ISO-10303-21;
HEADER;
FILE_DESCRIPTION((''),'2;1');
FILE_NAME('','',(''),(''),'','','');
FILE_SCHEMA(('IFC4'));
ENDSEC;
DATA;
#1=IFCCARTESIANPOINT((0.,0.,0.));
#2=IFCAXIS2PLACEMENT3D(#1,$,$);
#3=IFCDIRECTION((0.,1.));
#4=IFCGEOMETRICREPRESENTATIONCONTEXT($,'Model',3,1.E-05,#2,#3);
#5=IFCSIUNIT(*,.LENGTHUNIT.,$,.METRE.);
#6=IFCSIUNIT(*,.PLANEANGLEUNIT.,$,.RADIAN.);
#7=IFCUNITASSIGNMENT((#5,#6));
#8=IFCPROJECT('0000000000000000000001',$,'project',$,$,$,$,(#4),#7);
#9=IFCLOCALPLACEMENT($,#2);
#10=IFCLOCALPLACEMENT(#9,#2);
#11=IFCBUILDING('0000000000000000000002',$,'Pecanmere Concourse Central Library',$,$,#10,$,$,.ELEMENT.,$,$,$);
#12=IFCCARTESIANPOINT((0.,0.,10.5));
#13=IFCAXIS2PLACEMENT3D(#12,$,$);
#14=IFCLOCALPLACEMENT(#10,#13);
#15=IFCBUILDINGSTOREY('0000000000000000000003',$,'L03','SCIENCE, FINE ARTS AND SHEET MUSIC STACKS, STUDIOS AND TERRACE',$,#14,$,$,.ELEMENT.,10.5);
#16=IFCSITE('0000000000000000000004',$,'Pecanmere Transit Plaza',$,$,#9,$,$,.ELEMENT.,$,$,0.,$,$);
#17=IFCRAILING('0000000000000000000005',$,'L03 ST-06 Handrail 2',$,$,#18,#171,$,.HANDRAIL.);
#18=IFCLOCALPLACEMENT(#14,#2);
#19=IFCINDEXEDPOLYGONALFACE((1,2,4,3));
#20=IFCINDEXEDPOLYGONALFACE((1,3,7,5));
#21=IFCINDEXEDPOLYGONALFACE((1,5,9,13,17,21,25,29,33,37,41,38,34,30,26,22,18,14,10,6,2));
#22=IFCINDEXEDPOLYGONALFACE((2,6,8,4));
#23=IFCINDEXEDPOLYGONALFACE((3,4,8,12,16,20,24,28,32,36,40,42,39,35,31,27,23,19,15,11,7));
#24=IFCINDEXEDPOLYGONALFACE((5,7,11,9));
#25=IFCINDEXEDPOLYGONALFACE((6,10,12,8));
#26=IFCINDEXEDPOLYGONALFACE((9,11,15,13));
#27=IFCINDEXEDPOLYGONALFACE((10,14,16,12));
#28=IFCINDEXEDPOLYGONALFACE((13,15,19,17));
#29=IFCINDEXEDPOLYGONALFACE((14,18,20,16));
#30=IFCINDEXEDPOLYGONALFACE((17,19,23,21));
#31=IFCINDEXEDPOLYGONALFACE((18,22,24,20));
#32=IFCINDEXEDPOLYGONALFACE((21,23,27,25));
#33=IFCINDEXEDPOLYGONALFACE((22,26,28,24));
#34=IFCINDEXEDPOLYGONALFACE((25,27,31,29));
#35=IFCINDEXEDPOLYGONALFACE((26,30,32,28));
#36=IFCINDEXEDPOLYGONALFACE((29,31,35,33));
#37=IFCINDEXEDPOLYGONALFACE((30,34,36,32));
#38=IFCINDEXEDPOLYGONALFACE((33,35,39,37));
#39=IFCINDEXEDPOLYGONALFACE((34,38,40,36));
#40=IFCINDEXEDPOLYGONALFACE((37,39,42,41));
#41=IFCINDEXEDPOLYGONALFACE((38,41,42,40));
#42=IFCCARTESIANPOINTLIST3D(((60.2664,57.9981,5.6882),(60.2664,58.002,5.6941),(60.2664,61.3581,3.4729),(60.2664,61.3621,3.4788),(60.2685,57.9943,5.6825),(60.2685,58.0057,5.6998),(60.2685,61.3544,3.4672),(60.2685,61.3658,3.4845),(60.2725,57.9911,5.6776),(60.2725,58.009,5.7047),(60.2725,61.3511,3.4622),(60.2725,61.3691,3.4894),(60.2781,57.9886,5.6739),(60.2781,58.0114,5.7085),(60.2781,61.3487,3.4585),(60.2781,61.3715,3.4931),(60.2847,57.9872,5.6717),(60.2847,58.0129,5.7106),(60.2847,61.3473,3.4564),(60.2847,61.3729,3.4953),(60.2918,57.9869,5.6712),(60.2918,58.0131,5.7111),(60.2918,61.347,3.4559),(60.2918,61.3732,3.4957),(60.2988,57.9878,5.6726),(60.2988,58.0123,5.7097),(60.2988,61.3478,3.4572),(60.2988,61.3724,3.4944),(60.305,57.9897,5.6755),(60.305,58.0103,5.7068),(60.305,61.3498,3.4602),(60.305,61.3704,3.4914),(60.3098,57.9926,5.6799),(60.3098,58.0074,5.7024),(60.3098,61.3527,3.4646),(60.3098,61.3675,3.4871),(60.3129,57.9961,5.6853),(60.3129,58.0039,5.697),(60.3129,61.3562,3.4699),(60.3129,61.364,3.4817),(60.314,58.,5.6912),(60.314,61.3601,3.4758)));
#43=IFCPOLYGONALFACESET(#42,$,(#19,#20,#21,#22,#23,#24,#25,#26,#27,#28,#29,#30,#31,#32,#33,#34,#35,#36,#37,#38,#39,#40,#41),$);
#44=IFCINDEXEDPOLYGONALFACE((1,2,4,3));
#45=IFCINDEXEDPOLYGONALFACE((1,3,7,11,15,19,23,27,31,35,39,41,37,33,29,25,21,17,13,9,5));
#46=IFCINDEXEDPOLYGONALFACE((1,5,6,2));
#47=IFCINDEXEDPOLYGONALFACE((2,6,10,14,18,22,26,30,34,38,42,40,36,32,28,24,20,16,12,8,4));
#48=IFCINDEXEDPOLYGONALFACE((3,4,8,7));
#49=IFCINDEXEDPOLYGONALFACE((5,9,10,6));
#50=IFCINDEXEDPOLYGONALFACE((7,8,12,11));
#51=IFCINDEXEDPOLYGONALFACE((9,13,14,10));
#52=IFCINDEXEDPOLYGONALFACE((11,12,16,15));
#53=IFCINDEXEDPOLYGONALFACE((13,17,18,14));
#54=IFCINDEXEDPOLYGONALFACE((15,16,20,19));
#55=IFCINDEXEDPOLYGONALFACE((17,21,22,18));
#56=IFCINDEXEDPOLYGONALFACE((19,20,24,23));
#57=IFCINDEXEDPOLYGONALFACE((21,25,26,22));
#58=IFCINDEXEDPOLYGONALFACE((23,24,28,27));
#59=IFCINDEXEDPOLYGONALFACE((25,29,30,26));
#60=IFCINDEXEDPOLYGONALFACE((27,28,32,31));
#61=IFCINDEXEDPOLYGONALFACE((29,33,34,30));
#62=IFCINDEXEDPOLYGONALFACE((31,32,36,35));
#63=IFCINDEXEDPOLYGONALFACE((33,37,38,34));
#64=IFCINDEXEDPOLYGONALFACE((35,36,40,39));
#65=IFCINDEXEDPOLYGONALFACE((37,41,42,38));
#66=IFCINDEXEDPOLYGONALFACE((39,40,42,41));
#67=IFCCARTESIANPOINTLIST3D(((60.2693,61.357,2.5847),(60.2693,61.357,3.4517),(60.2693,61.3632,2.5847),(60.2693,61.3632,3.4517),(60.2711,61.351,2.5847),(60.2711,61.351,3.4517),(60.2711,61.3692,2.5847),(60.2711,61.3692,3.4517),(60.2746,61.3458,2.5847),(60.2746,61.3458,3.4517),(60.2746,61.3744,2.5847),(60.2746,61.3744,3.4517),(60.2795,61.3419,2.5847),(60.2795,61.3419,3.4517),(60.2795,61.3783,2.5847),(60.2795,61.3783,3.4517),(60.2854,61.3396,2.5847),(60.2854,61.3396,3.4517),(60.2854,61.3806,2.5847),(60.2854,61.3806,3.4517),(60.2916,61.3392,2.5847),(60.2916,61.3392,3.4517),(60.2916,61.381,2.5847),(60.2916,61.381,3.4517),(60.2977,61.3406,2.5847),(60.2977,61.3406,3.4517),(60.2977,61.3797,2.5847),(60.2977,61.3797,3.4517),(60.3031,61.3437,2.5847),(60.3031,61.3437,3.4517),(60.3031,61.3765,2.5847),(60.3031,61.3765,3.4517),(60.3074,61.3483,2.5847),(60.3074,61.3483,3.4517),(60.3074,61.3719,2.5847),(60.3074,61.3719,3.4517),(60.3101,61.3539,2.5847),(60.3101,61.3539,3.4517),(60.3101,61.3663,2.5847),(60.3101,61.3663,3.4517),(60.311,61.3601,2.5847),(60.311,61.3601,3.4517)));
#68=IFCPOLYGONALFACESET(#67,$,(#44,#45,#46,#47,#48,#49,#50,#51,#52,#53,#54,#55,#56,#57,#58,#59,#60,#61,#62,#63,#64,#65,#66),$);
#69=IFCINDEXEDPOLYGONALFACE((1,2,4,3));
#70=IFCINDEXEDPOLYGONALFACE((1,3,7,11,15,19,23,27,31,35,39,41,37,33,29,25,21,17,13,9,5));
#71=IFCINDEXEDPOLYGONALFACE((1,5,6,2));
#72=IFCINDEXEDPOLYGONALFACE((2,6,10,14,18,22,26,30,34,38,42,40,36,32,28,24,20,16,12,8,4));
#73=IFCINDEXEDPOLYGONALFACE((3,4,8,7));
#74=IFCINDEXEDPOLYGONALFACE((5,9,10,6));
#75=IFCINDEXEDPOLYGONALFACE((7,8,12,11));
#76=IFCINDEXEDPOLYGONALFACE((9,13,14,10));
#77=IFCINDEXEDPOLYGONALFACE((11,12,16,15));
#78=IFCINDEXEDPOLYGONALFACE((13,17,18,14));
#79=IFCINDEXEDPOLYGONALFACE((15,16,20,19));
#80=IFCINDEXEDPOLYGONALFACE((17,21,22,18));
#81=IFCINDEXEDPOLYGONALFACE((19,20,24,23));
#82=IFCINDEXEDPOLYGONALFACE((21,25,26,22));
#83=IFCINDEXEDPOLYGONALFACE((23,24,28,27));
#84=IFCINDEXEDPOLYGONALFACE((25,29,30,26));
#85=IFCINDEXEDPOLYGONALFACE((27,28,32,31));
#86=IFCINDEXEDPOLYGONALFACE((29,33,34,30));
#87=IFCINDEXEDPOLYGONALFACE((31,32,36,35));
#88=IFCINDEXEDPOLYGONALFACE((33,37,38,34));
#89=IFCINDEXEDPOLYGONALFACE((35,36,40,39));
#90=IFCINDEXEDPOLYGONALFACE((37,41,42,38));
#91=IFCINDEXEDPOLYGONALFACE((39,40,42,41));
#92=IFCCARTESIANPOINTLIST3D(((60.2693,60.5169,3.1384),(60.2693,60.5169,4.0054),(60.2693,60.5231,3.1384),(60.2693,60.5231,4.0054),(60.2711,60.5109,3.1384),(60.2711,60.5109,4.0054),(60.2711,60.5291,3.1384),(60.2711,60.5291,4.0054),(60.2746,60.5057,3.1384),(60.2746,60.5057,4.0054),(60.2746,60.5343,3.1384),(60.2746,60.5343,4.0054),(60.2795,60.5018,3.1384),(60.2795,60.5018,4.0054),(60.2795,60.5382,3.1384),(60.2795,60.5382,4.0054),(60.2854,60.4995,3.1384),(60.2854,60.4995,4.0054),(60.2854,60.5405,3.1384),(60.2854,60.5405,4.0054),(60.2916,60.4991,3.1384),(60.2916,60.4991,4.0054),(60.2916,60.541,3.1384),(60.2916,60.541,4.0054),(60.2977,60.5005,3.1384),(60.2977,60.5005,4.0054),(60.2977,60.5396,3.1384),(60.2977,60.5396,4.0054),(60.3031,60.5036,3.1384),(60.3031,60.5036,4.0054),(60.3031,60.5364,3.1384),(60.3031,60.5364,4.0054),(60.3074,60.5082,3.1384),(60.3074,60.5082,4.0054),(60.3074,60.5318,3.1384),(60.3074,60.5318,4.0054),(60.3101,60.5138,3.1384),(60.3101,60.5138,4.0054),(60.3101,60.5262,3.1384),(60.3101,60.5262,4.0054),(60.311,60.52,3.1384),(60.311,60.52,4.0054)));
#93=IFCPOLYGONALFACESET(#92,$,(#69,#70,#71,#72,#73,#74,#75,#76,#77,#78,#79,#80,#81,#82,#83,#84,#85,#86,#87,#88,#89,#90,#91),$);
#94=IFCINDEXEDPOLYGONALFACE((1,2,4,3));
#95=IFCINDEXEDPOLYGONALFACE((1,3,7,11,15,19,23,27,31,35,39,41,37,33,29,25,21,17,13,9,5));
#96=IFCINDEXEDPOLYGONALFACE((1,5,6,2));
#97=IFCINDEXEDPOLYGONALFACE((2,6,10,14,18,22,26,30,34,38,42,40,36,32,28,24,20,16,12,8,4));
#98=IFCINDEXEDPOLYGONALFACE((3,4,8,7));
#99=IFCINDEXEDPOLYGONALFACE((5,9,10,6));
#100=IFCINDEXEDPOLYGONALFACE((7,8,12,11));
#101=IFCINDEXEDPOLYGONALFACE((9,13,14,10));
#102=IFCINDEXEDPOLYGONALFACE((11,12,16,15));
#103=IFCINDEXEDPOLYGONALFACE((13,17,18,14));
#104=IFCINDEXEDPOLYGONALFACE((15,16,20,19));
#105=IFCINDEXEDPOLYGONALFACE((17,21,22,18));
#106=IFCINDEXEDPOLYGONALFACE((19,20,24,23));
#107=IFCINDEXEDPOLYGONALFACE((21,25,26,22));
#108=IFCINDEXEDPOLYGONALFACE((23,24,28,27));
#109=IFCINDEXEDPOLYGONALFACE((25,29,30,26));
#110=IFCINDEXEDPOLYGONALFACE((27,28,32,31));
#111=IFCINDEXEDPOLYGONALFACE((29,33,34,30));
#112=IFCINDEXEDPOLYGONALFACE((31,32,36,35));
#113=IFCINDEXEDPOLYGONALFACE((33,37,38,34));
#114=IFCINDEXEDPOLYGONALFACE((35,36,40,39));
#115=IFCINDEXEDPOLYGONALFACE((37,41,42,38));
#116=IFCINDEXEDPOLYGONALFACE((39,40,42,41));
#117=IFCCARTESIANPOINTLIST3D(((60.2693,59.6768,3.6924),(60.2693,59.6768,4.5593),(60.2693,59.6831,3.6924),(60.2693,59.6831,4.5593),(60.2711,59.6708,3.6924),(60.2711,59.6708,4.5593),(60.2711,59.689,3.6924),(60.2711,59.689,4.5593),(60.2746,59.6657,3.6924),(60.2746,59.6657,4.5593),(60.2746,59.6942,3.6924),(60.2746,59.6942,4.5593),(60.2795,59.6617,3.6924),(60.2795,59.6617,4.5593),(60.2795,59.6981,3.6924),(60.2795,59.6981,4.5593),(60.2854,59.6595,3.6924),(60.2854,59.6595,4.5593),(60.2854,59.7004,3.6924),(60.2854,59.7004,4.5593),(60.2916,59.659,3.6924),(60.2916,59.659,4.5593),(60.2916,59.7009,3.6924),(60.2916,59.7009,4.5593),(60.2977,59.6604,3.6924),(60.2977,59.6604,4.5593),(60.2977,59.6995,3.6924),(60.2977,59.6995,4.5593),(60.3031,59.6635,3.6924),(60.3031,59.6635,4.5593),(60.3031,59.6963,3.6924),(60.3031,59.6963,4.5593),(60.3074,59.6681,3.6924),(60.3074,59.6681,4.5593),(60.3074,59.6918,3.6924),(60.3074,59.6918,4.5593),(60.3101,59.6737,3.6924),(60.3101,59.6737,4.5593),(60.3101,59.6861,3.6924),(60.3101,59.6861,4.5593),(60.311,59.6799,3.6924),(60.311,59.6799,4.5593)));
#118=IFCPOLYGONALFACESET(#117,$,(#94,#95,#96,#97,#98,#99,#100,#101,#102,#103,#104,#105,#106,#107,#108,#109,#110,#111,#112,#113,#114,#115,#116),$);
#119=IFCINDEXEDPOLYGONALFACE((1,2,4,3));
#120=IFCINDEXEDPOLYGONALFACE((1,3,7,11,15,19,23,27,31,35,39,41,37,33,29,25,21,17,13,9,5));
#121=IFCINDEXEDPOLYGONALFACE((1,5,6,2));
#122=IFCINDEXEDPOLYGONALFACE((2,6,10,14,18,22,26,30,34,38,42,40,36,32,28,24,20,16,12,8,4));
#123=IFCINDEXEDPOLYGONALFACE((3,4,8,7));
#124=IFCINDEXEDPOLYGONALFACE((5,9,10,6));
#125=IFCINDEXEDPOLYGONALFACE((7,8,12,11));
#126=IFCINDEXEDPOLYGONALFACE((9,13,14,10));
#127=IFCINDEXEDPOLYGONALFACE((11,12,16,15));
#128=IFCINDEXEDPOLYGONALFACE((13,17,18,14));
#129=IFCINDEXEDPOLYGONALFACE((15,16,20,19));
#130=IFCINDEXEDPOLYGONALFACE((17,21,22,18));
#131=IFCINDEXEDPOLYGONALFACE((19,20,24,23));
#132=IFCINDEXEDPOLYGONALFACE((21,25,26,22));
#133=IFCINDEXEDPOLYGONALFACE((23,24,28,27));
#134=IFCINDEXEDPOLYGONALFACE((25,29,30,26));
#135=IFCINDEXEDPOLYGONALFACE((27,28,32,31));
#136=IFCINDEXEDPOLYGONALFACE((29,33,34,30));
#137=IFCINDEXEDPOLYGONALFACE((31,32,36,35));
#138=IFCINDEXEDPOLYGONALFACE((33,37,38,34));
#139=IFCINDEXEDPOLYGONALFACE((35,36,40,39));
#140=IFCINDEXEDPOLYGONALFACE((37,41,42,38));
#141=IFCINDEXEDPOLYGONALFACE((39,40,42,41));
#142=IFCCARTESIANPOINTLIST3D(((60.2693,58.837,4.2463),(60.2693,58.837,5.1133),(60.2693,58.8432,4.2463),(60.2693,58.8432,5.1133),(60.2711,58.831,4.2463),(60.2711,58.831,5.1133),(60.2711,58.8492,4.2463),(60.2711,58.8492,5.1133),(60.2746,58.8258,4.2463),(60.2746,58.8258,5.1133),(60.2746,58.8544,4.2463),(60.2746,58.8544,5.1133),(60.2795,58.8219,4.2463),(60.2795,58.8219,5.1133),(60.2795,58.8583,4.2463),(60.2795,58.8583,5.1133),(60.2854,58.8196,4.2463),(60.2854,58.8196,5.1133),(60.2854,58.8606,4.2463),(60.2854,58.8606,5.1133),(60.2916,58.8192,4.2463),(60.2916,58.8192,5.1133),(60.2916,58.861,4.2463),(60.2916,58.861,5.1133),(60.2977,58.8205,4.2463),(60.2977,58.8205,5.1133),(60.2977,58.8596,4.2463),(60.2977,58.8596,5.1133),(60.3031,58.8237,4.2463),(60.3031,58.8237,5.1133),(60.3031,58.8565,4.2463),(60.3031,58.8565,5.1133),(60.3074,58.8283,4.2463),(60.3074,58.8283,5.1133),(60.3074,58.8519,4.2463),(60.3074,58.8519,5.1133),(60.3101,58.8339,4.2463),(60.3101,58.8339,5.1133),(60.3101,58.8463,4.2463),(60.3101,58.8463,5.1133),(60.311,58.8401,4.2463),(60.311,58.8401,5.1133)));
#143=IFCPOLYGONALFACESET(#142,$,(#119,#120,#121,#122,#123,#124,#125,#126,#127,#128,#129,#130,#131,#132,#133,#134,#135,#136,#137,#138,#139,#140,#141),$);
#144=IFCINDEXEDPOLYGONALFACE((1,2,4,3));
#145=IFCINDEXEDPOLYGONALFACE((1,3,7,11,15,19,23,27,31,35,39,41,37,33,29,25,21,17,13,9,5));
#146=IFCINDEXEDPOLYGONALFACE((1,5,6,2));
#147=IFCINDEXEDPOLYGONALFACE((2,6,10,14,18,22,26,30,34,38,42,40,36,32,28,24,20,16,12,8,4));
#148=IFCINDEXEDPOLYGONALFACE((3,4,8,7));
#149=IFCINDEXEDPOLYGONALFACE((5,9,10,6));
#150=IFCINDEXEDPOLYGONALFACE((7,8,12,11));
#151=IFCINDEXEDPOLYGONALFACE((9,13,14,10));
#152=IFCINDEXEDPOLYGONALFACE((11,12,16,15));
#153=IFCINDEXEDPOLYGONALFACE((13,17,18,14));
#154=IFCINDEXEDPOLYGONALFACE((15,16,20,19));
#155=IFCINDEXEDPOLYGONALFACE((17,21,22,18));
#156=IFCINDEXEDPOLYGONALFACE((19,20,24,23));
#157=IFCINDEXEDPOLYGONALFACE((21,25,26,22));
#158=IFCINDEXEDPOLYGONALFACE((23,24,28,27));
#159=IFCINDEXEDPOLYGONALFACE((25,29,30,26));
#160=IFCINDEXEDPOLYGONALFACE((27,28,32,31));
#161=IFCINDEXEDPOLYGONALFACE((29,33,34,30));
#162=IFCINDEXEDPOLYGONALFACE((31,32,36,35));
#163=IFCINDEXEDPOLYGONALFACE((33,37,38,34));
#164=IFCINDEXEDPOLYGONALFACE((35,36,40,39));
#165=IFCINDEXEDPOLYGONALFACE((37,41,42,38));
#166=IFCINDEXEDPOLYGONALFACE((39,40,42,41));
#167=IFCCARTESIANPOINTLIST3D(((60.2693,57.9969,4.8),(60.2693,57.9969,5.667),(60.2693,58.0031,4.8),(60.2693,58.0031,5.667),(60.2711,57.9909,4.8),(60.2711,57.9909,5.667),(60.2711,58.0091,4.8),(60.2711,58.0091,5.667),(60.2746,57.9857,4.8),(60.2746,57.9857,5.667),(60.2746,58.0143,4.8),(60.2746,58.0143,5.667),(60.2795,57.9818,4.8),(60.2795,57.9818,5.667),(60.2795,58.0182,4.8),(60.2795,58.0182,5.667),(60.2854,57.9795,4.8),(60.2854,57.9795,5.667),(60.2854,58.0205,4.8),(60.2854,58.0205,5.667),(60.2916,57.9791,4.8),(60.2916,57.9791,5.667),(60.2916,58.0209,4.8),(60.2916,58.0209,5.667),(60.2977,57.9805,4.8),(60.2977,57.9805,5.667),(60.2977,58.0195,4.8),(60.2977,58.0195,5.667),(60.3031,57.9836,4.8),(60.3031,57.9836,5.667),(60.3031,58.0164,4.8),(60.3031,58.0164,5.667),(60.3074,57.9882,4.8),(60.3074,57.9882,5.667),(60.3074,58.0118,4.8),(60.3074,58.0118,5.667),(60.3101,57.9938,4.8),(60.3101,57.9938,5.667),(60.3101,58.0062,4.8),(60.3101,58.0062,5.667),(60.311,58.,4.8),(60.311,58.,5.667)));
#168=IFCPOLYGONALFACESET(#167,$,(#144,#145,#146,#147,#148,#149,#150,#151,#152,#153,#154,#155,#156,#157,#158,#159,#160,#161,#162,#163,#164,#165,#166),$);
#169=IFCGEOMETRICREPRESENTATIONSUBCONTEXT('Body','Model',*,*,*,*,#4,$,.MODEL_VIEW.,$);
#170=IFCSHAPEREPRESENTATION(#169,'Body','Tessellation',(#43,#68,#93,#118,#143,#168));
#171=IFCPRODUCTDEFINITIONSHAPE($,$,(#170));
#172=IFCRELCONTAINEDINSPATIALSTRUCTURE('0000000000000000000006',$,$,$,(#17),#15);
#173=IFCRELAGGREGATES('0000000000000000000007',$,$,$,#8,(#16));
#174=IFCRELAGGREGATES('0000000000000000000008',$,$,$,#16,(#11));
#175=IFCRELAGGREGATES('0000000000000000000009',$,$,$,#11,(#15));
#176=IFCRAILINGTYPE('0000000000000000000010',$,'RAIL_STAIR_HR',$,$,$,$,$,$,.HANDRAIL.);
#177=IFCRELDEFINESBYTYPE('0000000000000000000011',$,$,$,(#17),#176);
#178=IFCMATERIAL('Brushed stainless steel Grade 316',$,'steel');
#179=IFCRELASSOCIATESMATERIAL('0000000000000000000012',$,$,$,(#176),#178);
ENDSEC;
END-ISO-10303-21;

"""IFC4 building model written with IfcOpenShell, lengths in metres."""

from ifc_helpers import new_model, si_unit, direction, frame, origin, origin_2d, place, context, subcontext, project, spatial, circle, extrude, material, type_object, element, save


model = new_model("IFC4")

# Units and contexts
model_context = context("Model", 3, precision=1e-05, world=origin(), true_north=direction((0.0, 1.0)))
body_context = subcontext(model_context, "Body", "Model", "MODEL_VIEW")
ifc_project = project(units=[si_unit("LENGTHUNIT", "METRE"), si_unit("PLANEANGLEUNIT", "RADIAN")], contexts=[model_context])

# Site, building, storey
site_placement = place(None, origin())
site = spatial("IfcSite", under=ifc_project, at=site_placement, Name="Pecanmere Transit Plaza", CompositionType="ELEMENT", RefElevation=0.0)
building_placement = place(site_placement, origin())
building = spatial("IfcBuilding", under=site, at=building_placement, Name="Pecanmere Concourse Central Library", CompositionType="ELEMENT")
storey_placement = place(building_placement, frame((0.0, 0.0, 10.5)))
storey = spatial("IfcBuildingStorey", under=building, at=storey_placement, Name="L03", Description="SCIENCE, FINE ARTS AND SHEET MUSIC STACKS, STUDIOS AND TERRACE", CompositionType="ELEMENT", Elevation=10.5)

# Railing
ifc_material_1 = material(Name="Brushed stainless steel Grade 316", Category="steel")
railing_type_1 = type_object("IfcRailingType", Name="RAIL_STAIR_HR", PredefinedType="HANDRAIL", material=ifc_material_1)
railing_1_placement = place(storey_placement, frame((60.29, 61.3601, 2.5847)))
element("IfcRailing", 1, at=railing_1_placement, inside=storey, type_object=railing_type_1, Name="L03 ST-06 Handrail 2", PredefinedType="HANDRAIL", context=body_context, shape_type="SweptSolid", body=[
    extrude(circle(Radius=0.0239, at=origin_2d()), frame((0.0, 0.0, 0.8911), z_axis=(0.0, -0.834876, 0.550437), x_axis=(1.0, 0.0, 0.0)), (0.0, 0.0, 1.0), 4.0247),
    extrude(circle(Radius=0.021, at=origin_2d()), origin(), (0.0, 0.0, 1.0), 0.8669),
    extrude(circle(Radius=0.021, at=origin_2d()), frame((0.0, -0.8401, 0.5537)), (0.0, 0.0, 1.0), 0.8669),
    extrude(circle(Radius=0.021, at=origin_2d()), frame((0.0, -1.6802, 1.1077)), (0.0, 0.0, 1.0), 0.8669),
    extrude(circle(Radius=0.021, at=origin_2d()), frame((0.0, -2.52, 1.6616)), (0.0, 0.0, 1.0), 0.8669),
    extrude(circle(Radius=0.021, at=origin_2d()), frame((0.0, -3.3601, 2.2153)), (0.0, 0.0, 1.0), 0.8669),
])

save(model, "model.ifc")
